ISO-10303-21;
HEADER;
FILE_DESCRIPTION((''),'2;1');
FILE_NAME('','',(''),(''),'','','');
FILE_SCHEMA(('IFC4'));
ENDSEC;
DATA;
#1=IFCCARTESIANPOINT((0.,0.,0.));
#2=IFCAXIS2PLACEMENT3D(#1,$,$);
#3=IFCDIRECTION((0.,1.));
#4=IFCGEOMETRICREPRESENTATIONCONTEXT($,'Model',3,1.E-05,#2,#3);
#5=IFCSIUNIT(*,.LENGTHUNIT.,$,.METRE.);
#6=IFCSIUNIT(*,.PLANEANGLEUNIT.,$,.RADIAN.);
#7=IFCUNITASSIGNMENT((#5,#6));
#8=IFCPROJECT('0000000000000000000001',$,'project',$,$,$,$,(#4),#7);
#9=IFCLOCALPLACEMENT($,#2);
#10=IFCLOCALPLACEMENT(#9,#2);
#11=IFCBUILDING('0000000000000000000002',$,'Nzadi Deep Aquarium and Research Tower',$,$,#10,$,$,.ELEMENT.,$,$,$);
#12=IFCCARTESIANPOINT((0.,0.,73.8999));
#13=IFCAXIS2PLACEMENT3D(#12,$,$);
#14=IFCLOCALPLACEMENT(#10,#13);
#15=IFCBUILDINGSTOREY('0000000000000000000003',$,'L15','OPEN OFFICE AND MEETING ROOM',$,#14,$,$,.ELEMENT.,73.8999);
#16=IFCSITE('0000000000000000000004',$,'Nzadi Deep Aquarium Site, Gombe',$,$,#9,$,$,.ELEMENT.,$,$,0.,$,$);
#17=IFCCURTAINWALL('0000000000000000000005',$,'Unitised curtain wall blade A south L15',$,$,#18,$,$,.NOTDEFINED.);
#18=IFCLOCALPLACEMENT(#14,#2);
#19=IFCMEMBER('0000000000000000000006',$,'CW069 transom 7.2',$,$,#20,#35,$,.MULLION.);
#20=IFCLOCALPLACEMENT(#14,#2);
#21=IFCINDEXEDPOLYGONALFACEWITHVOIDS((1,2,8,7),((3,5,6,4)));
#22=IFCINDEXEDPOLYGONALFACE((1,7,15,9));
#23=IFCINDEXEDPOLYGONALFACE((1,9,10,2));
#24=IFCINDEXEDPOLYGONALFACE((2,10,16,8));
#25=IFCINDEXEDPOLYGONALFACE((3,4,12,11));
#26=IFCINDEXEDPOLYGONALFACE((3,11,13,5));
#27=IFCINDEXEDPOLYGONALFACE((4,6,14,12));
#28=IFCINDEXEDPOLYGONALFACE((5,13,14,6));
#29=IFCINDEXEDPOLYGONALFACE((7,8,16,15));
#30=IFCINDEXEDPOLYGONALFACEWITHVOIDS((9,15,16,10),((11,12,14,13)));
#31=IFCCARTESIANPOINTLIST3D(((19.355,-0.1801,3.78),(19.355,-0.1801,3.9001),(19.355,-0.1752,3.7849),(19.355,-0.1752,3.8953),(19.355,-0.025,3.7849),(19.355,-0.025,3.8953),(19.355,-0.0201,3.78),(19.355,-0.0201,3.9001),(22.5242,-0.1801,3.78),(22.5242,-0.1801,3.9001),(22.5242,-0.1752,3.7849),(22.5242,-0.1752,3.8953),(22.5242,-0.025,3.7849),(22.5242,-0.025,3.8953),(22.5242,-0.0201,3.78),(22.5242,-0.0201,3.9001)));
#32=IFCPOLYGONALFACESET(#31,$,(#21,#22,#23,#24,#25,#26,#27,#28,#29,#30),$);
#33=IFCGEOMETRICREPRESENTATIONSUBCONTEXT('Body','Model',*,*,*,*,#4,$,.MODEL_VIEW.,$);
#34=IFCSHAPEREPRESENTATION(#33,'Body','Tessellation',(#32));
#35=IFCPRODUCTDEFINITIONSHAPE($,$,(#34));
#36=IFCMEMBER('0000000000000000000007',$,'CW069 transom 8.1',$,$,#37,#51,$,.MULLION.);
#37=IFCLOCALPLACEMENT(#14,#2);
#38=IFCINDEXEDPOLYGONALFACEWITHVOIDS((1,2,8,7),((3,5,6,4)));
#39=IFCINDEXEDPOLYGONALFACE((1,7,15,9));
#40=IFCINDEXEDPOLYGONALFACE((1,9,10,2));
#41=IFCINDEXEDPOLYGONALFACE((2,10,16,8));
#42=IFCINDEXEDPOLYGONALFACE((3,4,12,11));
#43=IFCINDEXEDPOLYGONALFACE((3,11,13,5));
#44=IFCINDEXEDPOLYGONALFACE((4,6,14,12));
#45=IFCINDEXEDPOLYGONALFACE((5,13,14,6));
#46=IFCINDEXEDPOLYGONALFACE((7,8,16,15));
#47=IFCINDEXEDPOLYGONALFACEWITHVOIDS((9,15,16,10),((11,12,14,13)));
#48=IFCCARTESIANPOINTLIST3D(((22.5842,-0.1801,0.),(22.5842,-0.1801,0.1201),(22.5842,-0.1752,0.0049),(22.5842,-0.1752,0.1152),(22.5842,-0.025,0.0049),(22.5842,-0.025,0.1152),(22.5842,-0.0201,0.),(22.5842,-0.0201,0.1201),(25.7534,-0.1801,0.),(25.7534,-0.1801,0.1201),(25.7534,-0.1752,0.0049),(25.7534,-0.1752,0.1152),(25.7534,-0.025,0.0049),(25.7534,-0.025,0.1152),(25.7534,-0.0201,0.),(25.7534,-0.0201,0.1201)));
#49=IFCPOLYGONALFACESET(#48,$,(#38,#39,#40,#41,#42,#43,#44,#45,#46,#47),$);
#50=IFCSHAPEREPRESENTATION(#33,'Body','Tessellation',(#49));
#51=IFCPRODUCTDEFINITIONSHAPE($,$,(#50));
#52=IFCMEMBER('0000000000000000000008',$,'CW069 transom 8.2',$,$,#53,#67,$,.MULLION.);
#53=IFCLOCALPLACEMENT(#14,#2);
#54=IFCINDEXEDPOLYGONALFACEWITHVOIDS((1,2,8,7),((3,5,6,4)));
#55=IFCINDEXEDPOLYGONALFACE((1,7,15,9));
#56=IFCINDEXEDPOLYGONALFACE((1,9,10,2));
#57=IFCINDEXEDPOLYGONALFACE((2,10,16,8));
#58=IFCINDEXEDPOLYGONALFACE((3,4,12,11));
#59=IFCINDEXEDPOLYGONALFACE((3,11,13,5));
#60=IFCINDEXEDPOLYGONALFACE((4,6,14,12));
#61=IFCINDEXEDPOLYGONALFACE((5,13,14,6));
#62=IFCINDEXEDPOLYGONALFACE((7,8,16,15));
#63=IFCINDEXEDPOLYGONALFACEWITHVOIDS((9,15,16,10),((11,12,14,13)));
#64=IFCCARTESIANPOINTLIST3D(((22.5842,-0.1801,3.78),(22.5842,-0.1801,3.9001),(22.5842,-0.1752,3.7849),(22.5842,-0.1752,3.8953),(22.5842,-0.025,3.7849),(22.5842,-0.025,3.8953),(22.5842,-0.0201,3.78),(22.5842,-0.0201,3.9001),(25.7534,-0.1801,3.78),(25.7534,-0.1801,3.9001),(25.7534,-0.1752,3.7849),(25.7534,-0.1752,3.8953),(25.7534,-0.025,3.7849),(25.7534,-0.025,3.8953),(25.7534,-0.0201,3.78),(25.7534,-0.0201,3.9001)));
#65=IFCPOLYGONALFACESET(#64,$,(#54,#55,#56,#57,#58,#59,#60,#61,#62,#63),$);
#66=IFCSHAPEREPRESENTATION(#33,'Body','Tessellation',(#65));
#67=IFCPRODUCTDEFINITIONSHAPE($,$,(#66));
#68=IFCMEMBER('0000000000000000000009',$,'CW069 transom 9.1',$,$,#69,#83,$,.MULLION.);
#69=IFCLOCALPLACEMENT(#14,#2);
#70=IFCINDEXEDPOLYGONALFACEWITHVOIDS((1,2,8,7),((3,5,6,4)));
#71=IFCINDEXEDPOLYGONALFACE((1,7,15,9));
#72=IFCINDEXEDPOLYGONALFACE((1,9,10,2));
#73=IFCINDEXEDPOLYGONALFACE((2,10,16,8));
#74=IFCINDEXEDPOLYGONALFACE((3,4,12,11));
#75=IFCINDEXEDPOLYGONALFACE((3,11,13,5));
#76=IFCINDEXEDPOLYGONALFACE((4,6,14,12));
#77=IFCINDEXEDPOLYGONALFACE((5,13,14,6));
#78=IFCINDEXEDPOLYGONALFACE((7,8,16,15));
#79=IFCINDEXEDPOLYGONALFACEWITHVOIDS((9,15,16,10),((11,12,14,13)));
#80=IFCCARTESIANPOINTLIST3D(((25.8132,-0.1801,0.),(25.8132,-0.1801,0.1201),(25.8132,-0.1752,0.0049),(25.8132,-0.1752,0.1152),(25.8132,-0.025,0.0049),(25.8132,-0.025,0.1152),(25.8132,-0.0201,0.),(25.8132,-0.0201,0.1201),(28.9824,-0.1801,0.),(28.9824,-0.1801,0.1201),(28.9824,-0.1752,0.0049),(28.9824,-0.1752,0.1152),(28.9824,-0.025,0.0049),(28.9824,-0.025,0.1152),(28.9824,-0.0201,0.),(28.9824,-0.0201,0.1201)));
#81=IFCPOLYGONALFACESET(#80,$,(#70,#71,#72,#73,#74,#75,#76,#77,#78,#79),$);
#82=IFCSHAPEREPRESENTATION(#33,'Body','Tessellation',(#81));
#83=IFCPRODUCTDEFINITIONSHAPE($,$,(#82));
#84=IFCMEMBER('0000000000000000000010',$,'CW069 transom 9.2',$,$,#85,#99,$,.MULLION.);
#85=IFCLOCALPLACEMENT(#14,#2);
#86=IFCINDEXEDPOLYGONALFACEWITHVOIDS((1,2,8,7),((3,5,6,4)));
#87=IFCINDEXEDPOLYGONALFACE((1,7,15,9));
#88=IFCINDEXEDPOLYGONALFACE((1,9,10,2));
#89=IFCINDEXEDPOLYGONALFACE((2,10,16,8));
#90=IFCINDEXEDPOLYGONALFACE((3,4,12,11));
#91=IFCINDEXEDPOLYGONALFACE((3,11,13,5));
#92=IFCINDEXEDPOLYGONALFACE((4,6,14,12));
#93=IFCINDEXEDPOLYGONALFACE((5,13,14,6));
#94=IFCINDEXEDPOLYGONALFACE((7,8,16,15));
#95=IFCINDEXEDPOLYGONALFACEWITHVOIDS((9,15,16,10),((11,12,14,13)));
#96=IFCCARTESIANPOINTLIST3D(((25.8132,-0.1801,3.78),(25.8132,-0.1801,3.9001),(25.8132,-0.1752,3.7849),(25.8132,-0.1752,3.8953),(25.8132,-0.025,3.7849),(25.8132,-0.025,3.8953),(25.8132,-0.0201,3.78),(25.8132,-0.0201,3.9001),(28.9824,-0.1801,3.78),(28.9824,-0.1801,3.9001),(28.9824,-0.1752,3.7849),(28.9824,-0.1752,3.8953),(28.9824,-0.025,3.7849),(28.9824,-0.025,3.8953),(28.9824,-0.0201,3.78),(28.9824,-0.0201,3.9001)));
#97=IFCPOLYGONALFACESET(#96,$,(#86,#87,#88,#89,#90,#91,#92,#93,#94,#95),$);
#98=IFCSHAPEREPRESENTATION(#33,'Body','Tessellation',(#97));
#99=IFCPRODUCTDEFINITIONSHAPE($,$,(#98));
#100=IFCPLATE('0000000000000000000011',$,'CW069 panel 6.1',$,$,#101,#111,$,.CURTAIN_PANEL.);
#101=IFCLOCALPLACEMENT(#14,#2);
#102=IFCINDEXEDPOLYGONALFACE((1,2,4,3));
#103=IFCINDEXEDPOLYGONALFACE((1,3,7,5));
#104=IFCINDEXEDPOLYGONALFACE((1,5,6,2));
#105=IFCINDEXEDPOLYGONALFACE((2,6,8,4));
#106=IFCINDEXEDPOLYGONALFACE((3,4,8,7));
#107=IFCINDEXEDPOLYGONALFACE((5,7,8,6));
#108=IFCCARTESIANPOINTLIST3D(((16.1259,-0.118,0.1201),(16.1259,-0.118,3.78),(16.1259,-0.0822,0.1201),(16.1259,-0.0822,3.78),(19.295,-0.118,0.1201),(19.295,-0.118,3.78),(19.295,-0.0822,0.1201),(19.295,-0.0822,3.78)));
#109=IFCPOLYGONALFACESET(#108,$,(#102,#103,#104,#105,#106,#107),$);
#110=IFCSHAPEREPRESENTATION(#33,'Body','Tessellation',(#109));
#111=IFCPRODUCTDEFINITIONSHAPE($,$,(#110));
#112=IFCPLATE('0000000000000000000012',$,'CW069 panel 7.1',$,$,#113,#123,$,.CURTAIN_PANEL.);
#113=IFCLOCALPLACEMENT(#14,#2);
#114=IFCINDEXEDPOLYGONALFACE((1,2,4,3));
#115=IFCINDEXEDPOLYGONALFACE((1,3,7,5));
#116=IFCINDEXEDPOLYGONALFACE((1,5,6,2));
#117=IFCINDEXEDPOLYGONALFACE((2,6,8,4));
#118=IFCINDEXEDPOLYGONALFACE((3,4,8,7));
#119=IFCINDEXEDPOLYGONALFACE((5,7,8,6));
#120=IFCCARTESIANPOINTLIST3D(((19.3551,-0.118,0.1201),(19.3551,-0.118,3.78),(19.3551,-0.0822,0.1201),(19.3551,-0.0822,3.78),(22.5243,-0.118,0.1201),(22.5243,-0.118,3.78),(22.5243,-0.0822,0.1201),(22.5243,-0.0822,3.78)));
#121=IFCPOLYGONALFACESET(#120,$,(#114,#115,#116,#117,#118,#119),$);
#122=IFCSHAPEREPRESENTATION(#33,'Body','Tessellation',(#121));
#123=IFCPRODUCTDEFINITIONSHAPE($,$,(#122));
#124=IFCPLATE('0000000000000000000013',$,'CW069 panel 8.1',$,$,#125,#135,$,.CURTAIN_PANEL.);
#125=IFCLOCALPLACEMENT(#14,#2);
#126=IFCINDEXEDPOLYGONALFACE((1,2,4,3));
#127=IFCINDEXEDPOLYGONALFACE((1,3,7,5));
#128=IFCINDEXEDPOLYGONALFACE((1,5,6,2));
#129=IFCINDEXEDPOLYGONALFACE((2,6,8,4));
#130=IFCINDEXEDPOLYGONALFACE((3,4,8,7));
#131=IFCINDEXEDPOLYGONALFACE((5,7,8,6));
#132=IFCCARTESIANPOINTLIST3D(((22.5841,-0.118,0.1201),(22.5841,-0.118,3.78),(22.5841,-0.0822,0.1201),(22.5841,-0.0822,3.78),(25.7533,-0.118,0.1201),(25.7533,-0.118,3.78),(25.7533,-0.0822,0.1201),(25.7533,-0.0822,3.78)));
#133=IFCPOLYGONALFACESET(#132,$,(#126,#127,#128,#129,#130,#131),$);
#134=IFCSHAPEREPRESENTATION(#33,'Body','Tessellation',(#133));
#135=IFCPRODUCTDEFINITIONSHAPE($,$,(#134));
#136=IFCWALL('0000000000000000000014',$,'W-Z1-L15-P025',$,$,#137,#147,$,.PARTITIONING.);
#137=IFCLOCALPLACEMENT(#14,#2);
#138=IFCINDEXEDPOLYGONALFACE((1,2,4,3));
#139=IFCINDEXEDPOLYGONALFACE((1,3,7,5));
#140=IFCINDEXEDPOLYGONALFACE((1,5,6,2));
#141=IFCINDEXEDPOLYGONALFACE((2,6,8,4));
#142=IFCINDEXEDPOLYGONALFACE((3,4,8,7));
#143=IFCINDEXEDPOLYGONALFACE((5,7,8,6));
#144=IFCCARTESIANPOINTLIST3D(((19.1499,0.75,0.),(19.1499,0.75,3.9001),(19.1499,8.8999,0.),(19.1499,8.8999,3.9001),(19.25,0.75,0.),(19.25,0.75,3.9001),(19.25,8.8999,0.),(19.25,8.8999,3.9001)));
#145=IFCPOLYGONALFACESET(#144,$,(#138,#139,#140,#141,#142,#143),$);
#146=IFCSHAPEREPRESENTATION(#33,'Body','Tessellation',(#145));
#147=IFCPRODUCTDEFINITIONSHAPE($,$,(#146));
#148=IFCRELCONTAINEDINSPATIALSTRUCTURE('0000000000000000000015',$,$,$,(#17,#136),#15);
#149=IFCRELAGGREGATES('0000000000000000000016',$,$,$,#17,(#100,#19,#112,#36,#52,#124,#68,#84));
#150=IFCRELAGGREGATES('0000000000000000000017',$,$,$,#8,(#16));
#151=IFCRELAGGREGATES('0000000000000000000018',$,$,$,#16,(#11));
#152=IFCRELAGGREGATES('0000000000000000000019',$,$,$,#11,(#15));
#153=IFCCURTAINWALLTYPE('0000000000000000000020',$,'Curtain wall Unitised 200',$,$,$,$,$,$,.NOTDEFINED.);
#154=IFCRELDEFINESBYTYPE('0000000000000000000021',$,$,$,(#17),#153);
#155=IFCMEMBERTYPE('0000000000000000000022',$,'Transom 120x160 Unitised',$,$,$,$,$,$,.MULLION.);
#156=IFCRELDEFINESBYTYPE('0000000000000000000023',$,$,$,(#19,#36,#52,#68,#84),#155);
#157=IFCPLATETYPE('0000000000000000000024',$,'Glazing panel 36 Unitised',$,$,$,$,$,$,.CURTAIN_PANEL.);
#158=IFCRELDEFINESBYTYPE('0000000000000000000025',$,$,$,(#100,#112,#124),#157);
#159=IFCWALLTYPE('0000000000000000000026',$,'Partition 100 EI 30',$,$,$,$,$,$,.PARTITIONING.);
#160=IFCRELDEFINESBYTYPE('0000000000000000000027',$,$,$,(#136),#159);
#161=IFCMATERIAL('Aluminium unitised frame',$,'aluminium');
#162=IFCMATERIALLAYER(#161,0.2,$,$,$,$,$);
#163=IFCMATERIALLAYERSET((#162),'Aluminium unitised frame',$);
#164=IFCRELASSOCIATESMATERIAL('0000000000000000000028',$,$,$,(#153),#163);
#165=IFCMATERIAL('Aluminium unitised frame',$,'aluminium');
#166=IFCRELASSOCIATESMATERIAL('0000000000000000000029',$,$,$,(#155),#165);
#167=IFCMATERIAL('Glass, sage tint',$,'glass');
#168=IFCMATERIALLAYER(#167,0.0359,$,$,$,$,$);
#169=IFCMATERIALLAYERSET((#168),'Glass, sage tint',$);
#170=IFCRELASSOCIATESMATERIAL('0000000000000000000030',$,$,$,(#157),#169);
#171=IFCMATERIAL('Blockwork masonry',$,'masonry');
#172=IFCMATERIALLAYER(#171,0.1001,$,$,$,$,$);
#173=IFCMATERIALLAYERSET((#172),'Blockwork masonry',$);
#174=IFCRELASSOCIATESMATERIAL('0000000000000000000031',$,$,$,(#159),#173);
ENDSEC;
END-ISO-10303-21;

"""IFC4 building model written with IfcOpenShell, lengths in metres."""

from ifc_helpers import new_model, si_unit, direction, frame, frame_2d, origin, origin_2d, place, context, subcontext, project, spatial, rectangle, hollow_rectangle, extrude, material, layer, layer_set, material_profile, profile_set, type_object, element, aggregate, save


model = new_model("IFC4")

# Units and contexts
model_context = context("Model", 3, precision=1e-05, world=origin(), true_north=direction((0.0, 1.0)))
body_context = subcontext(model_context, "Body", "Model", "MODEL_VIEW")
ifc_project = project(units=[si_unit("LENGTHUNIT", "METRE"), si_unit("PLANEANGLEUNIT", "RADIAN")], contexts=[model_context])

# Site, building, storey
site_placement = place(None, origin())
site = spatial("IfcSite", under=ifc_project, at=site_placement, Name="Nzadi Deep Aquarium Site, Gombe", CompositionType="ELEMENT", RefElevation=0.0)
building_placement = place(site_placement, origin())
building = spatial("IfcBuilding", under=site, at=building_placement, Name="Nzadi Deep Aquarium and Research Tower", CompositionType="ELEMENT")
storey_placement = place(building_placement, frame((0.0, 0.0, 73.8999)))
storey = spatial("IfcBuildingStorey", under=building, at=storey_placement, Name="L15", Description="OPEN OFFICE AND MEETING ROOM", CompositionType="ELEMENT", Elevation=73.8999)

# Curtain wall
ifc_material_1 = material(Name="Aluminium unitised frame", Category="aluminium")
ifc_layer_1 = layer(ifc_material_1, 0.2)
ifc_layer_set_1 = layer_set([ifc_layer_1], Name="Aluminium unitised frame")
curtain_wall_type = type_object("IfcCurtainWallType", Name="Curtain wall Unitised 200", PredefinedType="NOTDEFINED", material=ifc_layer_set_1)
curtain_wall_placement = place(storey_placement, origin())
curtain_wall = element("IfcCurtainWall", 1, at=curtain_wall_placement, inside=storey, type_object=curtain_wall_type, Name="Unitised curtain wall blade A south L15", PredefinedType="NOTDEFINED")

# Members
ifc_material_2 = material(Name="Aluminium unitised frame", Category="aluminium")
ifc_material_profile_1 = material_profile(ifc_material_2, hollow_rectangle(XDim=0.1599, YDim=0.1201, WallThickness=0.0049, at=origin_2d()))
ifc_profile_set_1 = profile_set([ifc_material_profile_1], Name="Aluminium unitised frame")
member_type_1 = type_object("IfcMemberType", Name="Transom 120x160 Unitised", PredefinedType="MULLION", material=ifc_profile_set_1)
member_1_placement = place(storey_placement, frame((19.355, -0.1001, 3.8401), z_axis=(1.0, 0.0, 0.0), x_axis=(0.0, 1.0, 0.0)))
member_1 = element("IfcMember", 2, at=member_1_placement, type_object=member_type_1, Name="CW069 transom 7.2", PredefinedType="MULLION", context=body_context, shape_type="SweptSolid", body=[
    extrude(hollow_rectangle(XDim=0.1599, YDim=0.1201, WallThickness=0.0049, at=origin_2d()), origin(), (0.0, 0.0, 1.0), 3.1692),
])
member_2_placement = place(storey_placement, frame((22.5842, -0.1001, 0.0601), z_axis=(1.0, 0.0, 0.0), x_axis=(0.0, 1.0, 0.0)))
member_2 = element("IfcMember", 3, at=member_2_placement, type_object=member_type_1, Name="CW069 transom 8.1", PredefinedType="MULLION", context=body_context, shape_type="SweptSolid", body=[
    extrude(hollow_rectangle(XDim=0.1599, YDim=0.1201, WallThickness=0.0049, at=origin_2d()), origin(), (0.0, 0.0, 1.0), 3.1692),
])
member_3_placement = place(storey_placement, frame((22.5842, -0.1001, 3.8401), z_axis=(1.0, 0.0, 0.0), x_axis=(0.0, 1.0, 0.0)))
member_3 = element("IfcMember", 4, at=member_3_placement, type_object=member_type_1, Name="CW069 transom 8.2", PredefinedType="MULLION", context=body_context, shape_type="SweptSolid", body=[
    extrude(hollow_rectangle(XDim=0.1599, YDim=0.1201, WallThickness=0.0049, at=origin_2d()), origin(), (0.0, 0.0, 1.0), 3.1692),
])
member_4_placement = place(storey_placement, frame((25.8132, -0.1001, 0.0601), z_axis=(1.0, 0.0, 0.0), x_axis=(0.0, 1.0, 0.0)))
member_4 = element("IfcMember", 5, at=member_4_placement, type_object=member_type_1, Name="CW069 transom 9.1", PredefinedType="MULLION", context=body_context, shape_type="SweptSolid", body=[
    extrude(hollow_rectangle(XDim=0.1599, YDim=0.1201, WallThickness=0.0049, at=origin_2d()), origin(), (0.0, 0.0, 1.0), 3.1692),
])
member_5_placement = place(storey_placement, frame((25.8132, -0.1001, 3.8401), z_axis=(1.0, 0.0, 0.0), x_axis=(0.0, 1.0, 0.0)))
member_5 = element("IfcMember", 6, at=member_5_placement, type_object=member_type_1, Name="CW069 transom 9.2", PredefinedType="MULLION", context=body_context, shape_type="SweptSolid", body=[
    extrude(hollow_rectangle(XDim=0.1599, YDim=0.1201, WallThickness=0.0049, at=origin_2d()), origin(), (0.0, 0.0, 1.0), 3.1692),
])

# Plates
ifc_material_3 = material(Name="Glass, sage tint", Category="glass")
ifc_layer_2 = layer(ifc_material_3, 0.0359)
ifc_layer_set_2 = layer_set([ifc_layer_2], Name="Glass, sage tint")
plate_type = type_object("IfcPlateType", Name="Glazing panel 36 Unitised", PredefinedType="CURTAIN_PANEL", material=ifc_layer_set_2)
plate_1_placement = place(storey_placement, frame((17.7104, -0.1001, 0.1201), z_axis=(0.0, 0.0, 1.0), x_axis=(1.0, 0.0, 0.0)))
plate_1 = element("IfcPlate", 7, at=plate_1_placement, type_object=plate_type, Name="CW069 panel 6.1", PredefinedType="CURTAIN_PANEL", context=body_context, shape_type="SweptSolid", body=[
    extrude(rectangle(XDim=3.1692, YDim=0.0359, at=origin_2d()), origin(), (0.0, 0.0, 1.0), 3.6599),
])
plate_2_placement = place(storey_placement, frame((20.9397, -0.1001, 0.1201), z_axis=(0.0, 0.0, 1.0), x_axis=(1.0, 0.0, 0.0)))
plate_2 = element("IfcPlate", 8, at=plate_2_placement, type_object=plate_type, Name="CW069 panel 7.1", PredefinedType="CURTAIN_PANEL", context=body_context, shape_type="SweptSolid", body=[
    extrude(rectangle(XDim=3.1692, YDim=0.0359, at=origin_2d()), origin(), (0.0, 0.0, 1.0), 3.6599),
])
plate_3_placement = place(storey_placement, frame((24.1687, -0.1001, 0.1201), z_axis=(0.0, 0.0, 1.0), x_axis=(1.0, 0.0, 0.0)))
plate_3 = element("IfcPlate", 9, at=plate_3_placement, type_object=plate_type, Name="CW069 panel 8.1", PredefinedType="CURTAIN_PANEL", context=body_context, shape_type="SweptSolid", body=[
    extrude(rectangle(XDim=3.1692, YDim=0.0359, at=origin_2d()), origin(), (0.0, 0.0, 1.0), 3.6599),
])
aggregate(curtain_wall, [plate_1, member_1, plate_2, member_2, member_3, plate_3, member_4, member_5])

# Wall
ifc_material_4 = material(Name="Blockwork masonry", Category="masonry")
ifc_layer_3 = layer(ifc_material_4, 0.1001)
ifc_layer_set_3 = layer_set([ifc_layer_3], Name="Blockwork masonry")
wall_type_1 = type_object("IfcWallType", Name="Partition 100 EI 30", PredefinedType="PARTITIONING", material=ifc_layer_set_3)
wall_1_placement = place(storey_placement, frame((19.2, 0.75, 0.0), z_axis=(0.0, 0.0, 1.0), x_axis=(0.0, 1.0, 0.0)))
element("IfcWall", 10, at=wall_1_placement, inside=storey, type_object=wall_type_1, Name="W-Z1-L15-P025", PredefinedType="PARTITIONING", context=body_context, shape_type="SweptSolid", body=[
    extrude(rectangle(XDim=8.1499, YDim=0.1001, at=frame_2d((4.075, 0.0))), origin(), (0.0, 0.0, 1.0), 3.9001),
])

save(model, "model.ifc")
